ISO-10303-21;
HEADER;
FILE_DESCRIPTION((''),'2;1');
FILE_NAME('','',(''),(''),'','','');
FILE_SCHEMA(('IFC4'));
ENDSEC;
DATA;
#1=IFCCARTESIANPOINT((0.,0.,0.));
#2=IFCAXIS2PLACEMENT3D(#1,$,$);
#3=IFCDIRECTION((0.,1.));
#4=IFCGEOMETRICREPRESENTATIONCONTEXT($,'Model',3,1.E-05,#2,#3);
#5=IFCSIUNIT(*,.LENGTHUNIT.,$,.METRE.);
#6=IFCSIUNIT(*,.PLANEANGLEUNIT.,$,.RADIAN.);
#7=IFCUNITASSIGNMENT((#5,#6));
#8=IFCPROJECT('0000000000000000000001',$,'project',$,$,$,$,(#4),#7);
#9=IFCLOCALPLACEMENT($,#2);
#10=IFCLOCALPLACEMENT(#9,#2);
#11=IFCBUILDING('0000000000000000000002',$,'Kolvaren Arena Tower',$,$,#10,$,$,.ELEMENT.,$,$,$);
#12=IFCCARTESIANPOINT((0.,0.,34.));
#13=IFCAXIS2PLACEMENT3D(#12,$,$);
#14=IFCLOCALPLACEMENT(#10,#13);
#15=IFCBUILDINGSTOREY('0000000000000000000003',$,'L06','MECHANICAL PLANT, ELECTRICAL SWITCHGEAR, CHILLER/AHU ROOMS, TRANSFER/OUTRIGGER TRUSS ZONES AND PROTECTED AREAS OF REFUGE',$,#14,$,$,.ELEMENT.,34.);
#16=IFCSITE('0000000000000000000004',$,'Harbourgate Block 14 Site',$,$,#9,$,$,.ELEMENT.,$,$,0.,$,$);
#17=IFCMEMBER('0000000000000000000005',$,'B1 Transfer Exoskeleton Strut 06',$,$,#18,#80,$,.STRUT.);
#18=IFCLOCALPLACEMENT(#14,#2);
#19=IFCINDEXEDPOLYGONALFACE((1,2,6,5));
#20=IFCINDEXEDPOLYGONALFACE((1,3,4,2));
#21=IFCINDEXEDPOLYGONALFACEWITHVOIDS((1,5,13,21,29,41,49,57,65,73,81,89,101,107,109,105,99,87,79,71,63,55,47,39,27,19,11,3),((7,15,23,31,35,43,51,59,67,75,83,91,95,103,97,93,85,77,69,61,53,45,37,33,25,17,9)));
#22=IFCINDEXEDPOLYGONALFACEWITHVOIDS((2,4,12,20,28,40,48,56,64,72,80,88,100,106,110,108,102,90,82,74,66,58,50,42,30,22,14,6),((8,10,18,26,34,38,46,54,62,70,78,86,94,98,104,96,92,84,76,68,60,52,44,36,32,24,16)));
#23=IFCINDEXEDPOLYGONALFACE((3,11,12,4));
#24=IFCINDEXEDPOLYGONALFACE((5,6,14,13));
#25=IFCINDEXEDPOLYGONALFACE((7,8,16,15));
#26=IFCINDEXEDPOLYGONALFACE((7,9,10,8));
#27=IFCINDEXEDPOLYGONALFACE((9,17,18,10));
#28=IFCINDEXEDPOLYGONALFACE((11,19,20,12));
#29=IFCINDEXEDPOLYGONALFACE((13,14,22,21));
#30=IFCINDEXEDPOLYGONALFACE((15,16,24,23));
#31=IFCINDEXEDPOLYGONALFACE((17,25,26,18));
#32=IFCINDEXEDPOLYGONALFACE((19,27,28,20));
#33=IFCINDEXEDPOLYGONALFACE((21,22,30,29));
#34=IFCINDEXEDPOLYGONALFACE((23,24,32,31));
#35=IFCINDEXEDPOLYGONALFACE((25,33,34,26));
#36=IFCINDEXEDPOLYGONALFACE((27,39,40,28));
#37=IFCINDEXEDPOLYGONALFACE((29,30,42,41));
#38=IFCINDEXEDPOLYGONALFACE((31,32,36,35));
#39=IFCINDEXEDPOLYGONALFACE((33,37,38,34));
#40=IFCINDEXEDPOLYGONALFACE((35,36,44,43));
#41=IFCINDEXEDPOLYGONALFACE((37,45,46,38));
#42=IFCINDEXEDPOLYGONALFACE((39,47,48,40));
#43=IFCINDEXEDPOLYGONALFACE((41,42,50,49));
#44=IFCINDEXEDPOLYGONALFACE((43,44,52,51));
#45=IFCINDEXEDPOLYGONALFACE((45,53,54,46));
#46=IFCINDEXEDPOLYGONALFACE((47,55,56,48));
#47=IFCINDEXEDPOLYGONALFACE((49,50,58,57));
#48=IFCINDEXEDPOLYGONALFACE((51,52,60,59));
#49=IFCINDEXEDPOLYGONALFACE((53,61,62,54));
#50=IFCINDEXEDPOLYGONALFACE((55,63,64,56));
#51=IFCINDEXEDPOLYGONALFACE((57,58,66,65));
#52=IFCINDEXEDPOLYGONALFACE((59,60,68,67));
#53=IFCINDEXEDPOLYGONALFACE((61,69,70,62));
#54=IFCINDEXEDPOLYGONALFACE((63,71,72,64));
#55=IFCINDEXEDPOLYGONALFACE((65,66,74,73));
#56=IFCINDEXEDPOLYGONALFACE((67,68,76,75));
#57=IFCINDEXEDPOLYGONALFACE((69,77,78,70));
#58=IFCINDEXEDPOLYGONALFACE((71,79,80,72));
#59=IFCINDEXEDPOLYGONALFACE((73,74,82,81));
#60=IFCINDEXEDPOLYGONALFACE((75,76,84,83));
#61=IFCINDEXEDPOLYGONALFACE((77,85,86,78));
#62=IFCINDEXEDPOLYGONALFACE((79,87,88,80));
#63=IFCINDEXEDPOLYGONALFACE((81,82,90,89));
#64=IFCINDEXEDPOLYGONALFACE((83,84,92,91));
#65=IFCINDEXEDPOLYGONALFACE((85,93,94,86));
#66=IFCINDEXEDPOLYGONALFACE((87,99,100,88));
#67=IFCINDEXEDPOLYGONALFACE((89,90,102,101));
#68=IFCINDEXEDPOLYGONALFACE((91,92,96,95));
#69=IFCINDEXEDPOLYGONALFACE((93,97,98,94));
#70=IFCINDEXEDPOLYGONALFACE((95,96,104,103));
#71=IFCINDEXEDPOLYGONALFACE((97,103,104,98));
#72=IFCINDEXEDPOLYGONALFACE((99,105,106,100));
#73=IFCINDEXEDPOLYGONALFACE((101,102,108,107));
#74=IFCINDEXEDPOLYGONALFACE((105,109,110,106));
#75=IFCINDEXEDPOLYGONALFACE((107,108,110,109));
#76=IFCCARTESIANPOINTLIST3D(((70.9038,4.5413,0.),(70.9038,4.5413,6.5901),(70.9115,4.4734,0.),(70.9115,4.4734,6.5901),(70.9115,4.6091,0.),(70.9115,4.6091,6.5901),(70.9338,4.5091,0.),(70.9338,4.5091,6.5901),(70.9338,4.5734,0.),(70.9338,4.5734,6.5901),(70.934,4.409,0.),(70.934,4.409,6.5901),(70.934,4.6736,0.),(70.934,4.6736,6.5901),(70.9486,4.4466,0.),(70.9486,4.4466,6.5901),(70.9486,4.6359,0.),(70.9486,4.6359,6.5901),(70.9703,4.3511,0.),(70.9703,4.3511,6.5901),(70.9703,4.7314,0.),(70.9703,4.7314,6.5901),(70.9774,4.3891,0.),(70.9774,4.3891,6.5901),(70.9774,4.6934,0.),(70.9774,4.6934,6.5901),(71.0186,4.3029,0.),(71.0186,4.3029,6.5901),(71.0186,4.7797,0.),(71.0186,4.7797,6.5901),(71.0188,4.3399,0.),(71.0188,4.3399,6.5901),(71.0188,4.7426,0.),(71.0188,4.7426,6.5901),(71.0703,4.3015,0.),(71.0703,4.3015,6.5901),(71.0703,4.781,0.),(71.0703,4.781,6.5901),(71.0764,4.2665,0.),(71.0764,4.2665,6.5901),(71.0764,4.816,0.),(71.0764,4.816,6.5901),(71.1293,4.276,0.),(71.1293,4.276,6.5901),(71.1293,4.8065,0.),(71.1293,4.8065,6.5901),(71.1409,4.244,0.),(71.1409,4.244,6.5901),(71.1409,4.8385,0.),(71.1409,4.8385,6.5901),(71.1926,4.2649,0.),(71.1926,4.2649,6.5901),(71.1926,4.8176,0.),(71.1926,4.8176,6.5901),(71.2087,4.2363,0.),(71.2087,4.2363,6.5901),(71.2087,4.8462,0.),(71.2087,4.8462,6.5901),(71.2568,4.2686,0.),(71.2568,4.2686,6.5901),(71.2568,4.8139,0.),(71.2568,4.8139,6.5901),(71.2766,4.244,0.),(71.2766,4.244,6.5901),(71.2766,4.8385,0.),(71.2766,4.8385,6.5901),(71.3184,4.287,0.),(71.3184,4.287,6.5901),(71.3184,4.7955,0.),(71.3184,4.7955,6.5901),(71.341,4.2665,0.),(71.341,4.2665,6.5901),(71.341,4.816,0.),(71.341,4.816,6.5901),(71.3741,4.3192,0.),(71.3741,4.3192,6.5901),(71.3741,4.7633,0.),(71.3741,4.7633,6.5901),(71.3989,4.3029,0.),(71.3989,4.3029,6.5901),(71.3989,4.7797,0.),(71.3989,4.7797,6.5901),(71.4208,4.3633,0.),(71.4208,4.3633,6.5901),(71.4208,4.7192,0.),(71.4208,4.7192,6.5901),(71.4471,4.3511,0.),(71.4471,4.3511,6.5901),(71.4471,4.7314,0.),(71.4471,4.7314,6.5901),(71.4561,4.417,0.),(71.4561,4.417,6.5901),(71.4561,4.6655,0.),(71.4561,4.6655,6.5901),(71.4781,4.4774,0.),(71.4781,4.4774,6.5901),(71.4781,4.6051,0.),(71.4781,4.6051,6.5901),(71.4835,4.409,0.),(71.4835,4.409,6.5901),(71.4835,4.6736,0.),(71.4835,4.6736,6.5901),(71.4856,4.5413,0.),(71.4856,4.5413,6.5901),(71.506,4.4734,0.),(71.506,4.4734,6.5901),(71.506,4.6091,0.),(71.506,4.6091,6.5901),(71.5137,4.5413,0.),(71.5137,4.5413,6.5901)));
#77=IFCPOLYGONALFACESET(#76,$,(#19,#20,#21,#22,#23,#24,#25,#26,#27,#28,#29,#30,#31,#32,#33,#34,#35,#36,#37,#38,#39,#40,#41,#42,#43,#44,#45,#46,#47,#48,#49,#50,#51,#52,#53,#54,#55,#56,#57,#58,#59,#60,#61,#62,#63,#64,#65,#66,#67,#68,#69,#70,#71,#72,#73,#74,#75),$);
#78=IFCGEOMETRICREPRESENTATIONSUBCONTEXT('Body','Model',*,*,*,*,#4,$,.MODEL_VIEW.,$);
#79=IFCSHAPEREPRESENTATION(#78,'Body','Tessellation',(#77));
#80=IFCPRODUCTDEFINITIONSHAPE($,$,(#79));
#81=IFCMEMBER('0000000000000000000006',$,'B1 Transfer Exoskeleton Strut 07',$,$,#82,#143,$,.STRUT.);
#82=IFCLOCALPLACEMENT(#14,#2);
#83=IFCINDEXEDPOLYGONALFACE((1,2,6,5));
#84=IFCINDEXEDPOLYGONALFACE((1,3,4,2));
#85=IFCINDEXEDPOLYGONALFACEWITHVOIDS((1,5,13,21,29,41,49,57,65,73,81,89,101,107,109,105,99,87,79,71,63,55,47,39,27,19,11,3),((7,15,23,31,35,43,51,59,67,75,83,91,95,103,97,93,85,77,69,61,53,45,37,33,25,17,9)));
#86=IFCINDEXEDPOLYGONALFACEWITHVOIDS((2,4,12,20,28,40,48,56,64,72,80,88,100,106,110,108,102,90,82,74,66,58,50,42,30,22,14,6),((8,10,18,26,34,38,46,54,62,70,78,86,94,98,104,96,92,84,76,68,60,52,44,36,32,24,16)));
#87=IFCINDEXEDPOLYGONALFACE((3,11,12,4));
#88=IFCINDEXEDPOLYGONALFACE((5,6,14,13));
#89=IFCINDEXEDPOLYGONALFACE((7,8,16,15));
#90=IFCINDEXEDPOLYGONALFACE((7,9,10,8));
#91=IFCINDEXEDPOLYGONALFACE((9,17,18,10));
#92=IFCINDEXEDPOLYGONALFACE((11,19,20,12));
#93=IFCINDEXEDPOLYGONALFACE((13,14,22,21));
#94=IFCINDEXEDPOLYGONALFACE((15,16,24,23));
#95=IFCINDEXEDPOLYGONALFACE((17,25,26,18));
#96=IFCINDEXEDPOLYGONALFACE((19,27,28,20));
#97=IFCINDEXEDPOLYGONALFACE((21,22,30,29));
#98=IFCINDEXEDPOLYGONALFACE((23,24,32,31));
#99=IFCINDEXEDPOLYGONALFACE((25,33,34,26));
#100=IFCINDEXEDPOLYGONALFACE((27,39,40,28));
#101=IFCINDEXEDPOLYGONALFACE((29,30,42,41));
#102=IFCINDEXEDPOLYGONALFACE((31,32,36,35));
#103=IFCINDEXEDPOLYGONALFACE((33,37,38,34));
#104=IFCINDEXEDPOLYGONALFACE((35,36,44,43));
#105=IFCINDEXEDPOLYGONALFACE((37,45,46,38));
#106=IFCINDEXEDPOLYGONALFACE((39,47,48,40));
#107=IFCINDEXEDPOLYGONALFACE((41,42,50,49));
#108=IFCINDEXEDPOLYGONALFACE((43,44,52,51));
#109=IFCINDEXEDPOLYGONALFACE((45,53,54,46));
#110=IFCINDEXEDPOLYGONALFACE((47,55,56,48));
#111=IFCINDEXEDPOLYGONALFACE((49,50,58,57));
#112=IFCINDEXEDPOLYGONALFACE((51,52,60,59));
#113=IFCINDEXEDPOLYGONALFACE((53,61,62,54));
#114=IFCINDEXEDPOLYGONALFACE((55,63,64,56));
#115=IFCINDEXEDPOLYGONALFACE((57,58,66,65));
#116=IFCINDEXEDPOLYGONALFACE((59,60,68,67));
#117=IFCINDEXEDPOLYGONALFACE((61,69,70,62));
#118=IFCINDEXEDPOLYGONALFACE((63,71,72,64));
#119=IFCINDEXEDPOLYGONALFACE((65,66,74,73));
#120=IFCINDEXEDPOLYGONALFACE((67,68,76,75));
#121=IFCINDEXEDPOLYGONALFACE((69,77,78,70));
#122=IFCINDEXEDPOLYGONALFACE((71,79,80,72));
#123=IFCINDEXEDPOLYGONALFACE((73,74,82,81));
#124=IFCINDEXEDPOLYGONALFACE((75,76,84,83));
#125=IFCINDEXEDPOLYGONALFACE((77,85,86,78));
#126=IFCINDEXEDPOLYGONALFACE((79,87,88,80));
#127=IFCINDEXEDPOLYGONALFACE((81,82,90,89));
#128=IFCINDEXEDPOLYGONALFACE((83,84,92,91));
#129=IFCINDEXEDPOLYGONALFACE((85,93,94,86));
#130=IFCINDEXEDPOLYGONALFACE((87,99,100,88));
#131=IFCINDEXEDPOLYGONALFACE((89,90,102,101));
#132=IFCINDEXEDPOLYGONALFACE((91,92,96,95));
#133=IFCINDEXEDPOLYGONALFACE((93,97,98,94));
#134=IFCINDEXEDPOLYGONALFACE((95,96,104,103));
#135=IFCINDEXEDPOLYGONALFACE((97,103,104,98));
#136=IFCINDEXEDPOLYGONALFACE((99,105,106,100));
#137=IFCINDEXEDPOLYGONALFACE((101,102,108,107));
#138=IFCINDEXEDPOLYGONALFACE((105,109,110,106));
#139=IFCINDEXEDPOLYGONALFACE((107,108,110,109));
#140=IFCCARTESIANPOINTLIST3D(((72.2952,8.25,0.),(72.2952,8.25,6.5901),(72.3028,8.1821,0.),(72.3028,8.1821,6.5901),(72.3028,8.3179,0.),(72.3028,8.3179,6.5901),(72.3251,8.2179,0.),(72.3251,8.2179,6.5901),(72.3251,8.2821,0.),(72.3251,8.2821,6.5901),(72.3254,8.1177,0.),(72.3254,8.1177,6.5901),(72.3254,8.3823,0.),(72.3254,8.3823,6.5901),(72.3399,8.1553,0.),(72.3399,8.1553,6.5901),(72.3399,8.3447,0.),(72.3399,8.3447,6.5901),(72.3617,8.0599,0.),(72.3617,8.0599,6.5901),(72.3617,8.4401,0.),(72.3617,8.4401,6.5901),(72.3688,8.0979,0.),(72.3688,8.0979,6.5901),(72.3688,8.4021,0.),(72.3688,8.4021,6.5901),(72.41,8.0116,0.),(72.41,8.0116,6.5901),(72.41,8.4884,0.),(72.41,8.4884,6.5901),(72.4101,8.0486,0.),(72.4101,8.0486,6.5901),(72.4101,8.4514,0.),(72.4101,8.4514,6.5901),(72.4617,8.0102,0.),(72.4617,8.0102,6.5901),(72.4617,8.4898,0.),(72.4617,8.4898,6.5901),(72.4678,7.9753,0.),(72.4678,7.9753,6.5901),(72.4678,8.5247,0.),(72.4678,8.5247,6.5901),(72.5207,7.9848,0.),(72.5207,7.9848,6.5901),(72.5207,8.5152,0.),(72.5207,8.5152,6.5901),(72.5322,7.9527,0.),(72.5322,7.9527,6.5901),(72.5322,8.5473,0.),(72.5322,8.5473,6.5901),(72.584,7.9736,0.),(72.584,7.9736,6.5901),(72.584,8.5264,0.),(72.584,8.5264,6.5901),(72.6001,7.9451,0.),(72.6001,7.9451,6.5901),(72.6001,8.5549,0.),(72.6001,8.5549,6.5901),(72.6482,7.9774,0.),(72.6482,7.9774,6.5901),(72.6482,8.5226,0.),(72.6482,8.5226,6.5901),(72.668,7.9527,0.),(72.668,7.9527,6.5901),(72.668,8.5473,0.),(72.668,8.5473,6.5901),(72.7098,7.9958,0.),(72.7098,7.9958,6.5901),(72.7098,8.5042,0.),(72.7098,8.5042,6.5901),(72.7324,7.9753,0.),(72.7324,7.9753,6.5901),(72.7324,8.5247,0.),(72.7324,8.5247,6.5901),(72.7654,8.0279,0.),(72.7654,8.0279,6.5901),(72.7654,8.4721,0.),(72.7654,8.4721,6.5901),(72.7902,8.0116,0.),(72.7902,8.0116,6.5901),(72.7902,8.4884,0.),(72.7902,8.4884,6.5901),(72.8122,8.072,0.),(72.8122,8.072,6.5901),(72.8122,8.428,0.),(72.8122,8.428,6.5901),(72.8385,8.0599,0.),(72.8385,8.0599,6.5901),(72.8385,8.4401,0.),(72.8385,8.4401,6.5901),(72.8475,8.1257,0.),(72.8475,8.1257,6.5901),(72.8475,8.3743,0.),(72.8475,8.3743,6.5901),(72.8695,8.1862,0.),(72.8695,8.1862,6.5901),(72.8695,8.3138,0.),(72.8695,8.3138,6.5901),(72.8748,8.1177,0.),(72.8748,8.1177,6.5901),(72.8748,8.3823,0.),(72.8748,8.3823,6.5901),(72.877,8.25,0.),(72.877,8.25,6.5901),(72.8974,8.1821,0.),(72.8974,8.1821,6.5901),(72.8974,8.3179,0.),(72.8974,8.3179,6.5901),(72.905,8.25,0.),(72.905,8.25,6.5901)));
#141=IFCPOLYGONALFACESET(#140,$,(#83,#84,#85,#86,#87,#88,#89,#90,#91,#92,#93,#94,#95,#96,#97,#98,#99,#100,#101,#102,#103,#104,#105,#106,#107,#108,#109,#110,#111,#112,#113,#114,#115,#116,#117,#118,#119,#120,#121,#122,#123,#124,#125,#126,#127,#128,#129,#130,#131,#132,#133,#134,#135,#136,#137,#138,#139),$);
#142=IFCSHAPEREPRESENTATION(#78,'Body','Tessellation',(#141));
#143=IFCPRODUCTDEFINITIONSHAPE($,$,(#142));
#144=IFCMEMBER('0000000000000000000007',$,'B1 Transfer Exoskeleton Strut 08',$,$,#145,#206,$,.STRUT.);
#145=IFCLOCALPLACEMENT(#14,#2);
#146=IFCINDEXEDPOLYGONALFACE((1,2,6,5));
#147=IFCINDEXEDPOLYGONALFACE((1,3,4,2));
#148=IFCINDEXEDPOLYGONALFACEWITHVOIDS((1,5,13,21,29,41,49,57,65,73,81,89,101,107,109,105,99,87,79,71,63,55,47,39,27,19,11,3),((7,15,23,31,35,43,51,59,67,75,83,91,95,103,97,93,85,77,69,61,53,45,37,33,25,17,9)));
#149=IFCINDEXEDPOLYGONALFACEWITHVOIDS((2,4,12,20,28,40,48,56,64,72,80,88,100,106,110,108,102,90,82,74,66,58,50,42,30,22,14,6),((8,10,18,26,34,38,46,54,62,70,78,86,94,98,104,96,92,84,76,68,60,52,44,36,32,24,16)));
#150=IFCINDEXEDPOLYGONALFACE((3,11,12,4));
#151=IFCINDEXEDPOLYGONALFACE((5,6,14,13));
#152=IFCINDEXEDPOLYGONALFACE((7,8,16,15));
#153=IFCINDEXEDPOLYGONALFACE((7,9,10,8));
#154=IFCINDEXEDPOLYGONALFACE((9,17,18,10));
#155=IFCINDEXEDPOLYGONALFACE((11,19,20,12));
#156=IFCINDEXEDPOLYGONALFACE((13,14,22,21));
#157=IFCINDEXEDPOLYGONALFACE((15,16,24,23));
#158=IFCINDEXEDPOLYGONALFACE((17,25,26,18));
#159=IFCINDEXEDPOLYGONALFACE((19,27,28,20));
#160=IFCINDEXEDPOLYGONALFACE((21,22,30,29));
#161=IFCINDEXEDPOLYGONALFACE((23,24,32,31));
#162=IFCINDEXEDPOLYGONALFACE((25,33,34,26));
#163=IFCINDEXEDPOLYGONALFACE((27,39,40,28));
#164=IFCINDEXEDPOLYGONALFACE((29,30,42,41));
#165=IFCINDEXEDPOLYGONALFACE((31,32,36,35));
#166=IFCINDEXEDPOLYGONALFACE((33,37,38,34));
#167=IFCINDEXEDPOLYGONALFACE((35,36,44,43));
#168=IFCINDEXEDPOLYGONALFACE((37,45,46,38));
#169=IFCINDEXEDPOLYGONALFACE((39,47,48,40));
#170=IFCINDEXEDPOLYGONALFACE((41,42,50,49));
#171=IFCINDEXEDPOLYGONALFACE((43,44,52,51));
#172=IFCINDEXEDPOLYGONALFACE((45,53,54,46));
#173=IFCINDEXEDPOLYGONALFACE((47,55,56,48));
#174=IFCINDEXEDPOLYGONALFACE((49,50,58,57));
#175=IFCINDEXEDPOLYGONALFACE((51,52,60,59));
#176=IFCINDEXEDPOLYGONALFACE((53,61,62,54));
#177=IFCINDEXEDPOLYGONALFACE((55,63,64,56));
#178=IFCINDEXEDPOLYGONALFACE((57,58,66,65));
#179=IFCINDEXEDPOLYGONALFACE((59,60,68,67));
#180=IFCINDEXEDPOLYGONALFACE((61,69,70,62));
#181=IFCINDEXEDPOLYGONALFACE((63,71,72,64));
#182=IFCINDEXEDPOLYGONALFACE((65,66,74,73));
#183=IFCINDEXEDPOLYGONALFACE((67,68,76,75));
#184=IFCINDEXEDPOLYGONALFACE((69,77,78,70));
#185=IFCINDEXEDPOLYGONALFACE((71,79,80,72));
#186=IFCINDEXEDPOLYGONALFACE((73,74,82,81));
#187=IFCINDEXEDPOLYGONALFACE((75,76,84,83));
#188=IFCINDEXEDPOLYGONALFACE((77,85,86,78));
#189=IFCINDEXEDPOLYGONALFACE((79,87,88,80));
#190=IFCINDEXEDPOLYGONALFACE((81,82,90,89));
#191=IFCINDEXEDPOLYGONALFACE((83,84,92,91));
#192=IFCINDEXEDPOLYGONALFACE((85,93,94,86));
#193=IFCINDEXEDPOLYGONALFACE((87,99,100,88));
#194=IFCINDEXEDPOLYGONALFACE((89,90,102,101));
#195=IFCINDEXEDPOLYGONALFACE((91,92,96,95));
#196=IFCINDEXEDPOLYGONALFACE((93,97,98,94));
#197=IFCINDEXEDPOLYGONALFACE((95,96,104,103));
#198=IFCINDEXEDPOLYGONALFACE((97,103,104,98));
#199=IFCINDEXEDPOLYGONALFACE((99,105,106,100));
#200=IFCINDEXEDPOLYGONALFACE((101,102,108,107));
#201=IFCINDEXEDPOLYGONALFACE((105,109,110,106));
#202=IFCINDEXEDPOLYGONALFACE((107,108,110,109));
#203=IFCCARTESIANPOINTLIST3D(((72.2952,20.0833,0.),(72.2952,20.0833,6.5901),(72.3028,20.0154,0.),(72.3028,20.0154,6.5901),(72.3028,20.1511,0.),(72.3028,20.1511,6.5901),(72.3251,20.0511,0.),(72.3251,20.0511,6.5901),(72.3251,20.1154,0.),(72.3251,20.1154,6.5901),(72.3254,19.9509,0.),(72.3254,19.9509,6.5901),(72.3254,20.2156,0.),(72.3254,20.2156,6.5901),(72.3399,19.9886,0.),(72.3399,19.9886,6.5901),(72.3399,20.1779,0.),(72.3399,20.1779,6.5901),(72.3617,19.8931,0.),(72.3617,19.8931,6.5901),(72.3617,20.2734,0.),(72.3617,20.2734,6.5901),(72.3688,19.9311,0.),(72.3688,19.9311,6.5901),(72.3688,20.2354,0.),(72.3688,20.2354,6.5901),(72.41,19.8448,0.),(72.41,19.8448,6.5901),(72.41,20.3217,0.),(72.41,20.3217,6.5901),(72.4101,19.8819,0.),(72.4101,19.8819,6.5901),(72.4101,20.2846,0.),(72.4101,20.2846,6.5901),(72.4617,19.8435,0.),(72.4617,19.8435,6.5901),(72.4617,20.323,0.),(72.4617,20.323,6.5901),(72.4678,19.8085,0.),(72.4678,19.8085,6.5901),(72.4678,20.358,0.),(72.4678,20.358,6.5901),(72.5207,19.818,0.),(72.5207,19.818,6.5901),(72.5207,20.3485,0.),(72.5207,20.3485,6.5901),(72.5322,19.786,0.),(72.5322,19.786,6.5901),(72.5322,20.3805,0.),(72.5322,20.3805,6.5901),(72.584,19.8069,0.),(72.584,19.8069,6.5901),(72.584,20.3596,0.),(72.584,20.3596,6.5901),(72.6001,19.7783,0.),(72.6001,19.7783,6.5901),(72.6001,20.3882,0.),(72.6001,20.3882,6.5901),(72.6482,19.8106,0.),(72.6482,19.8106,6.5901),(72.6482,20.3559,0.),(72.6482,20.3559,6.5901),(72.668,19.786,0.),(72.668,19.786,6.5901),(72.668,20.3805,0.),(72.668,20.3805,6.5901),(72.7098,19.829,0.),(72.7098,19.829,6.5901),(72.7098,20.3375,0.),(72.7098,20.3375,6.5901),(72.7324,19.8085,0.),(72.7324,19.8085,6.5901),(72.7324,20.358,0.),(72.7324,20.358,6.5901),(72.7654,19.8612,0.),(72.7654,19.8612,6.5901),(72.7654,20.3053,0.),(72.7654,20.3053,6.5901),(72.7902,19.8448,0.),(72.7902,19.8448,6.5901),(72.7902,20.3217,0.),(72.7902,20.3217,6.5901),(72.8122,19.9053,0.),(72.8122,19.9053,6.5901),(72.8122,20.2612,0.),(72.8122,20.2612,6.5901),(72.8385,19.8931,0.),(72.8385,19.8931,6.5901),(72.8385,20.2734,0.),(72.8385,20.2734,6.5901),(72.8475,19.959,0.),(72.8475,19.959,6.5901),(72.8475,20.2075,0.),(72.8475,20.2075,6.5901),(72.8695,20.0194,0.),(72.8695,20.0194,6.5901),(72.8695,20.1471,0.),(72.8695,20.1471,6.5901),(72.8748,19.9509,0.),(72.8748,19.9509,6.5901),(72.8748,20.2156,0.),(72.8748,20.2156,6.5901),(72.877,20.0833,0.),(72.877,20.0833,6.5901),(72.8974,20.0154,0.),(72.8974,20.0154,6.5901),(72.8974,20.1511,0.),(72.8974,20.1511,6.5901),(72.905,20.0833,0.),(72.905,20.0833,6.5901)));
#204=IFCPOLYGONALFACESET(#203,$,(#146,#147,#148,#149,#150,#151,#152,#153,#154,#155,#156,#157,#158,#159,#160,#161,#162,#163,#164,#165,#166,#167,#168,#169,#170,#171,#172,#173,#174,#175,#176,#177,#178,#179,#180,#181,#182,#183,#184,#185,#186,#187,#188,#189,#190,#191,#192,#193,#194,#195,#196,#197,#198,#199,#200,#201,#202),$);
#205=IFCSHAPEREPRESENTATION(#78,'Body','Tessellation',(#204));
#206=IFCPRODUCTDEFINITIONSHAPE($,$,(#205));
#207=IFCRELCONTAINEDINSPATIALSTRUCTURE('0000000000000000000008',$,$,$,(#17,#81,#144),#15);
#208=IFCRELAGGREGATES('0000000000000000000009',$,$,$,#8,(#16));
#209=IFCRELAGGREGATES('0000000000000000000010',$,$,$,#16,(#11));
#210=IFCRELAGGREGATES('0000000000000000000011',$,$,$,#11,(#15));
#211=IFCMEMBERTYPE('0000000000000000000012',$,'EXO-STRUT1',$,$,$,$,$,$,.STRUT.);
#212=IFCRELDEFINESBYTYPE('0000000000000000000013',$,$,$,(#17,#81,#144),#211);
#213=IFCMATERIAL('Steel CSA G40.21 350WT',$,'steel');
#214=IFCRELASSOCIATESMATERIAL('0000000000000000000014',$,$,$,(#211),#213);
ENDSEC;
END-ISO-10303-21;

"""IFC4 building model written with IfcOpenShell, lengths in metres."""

from ifc_helpers import new_model, si_unit, direction, frame, origin, origin_2d, place, context, subcontext, project, spatial, hollow_circle, extrude, material, material_profile, profile_set, type_object, element, save


model = new_model("IFC4")

# Units and contexts
model_context = context("Model", 3, precision=1e-05, world=origin(), true_north=direction((0.0, 1.0)))
body_context = subcontext(model_context, "Body", "Model", "MODEL_VIEW")
ifc_project = project(units=[si_unit("LENGTHUNIT", "METRE"), si_unit("PLANEANGLEUNIT", "RADIAN")], contexts=[model_context])

# Site, building, storey
site_placement = place(None, origin())
site = spatial("IfcSite", under=ifc_project, at=site_placement, Name="Harbourgate Block 14 Site", CompositionType="ELEMENT", RefElevation=0.0)
building_placement = place(site_placement, origin())
building = spatial("IfcBuilding", under=site, at=building_placement, Name="Kolvaren Arena Tower", CompositionType="ELEMENT")
storey_placement = place(building_placement, frame((0.0, 0.0, 34.0)))
storey = spatial("IfcBuildingStorey", under=building, at=storey_placement, Name="L06", Description="MECHANICAL PLANT, ELECTRICAL SWITCHGEAR, CHILLER/AHU ROOMS, TRANSFER/OUTRIGGER TRUSS ZONES AND PROTECTED AREAS OF REFUGE", CompositionType="ELEMENT", Elevation=34.0)

# Members
ifc_material_1 = material(Name="Steel CSA G40.21 350WT", Category="steel")
ifc_material_profile_1 = material_profile(ifc_material_1, hollow_circle(Radius=0.3049, WallThickness=0.0281, at=origin_2d()), Name="CHS 610x28")
ifc_profile_set_1 = profile_set([ifc_material_profile_1], Name="Steel CSA G40.21 350WT")
member_type = type_object("IfcMemberType", Name="EXO-STRUT1", PredefinedType="STRUT", material=ifc_profile_set_1)
for number, where, z_axis, x_axis, name in (
    (1, (71.2087, 4.5413, 0.0), (0.0, 0.0, 1.0), (1.0, 0.0, 0.0), "B1 Transfer Exoskeleton Strut 06"),
    (2, (72.6001, 8.25, 0.0), (0.0, 0.0, 1.0), (1.0, 0.0, 0.0), "B1 Transfer Exoskeleton Strut 07"),
    (3, (72.6001, 20.0833, 0.0), (0.0, 0.0, 1.0), (1.0, 0.0, 0.0), "B1 Transfer Exoskeleton Strut 08"),
):
    element("IfcMember", number, at=place(storey_placement, frame(where, z_axis=z_axis, x_axis=x_axis)), inside=storey, type_object=member_type, Name=name, PredefinedType="STRUT", context=body_context, shape_type="SweptSolid", body=[
        extrude(hollow_circle(Radius=0.3049, WallThickness=0.0281, at=origin_2d()), origin(), (0.0, 0.0, 1.0), 6.5901),
    ])

save(model, "model.ifc")
